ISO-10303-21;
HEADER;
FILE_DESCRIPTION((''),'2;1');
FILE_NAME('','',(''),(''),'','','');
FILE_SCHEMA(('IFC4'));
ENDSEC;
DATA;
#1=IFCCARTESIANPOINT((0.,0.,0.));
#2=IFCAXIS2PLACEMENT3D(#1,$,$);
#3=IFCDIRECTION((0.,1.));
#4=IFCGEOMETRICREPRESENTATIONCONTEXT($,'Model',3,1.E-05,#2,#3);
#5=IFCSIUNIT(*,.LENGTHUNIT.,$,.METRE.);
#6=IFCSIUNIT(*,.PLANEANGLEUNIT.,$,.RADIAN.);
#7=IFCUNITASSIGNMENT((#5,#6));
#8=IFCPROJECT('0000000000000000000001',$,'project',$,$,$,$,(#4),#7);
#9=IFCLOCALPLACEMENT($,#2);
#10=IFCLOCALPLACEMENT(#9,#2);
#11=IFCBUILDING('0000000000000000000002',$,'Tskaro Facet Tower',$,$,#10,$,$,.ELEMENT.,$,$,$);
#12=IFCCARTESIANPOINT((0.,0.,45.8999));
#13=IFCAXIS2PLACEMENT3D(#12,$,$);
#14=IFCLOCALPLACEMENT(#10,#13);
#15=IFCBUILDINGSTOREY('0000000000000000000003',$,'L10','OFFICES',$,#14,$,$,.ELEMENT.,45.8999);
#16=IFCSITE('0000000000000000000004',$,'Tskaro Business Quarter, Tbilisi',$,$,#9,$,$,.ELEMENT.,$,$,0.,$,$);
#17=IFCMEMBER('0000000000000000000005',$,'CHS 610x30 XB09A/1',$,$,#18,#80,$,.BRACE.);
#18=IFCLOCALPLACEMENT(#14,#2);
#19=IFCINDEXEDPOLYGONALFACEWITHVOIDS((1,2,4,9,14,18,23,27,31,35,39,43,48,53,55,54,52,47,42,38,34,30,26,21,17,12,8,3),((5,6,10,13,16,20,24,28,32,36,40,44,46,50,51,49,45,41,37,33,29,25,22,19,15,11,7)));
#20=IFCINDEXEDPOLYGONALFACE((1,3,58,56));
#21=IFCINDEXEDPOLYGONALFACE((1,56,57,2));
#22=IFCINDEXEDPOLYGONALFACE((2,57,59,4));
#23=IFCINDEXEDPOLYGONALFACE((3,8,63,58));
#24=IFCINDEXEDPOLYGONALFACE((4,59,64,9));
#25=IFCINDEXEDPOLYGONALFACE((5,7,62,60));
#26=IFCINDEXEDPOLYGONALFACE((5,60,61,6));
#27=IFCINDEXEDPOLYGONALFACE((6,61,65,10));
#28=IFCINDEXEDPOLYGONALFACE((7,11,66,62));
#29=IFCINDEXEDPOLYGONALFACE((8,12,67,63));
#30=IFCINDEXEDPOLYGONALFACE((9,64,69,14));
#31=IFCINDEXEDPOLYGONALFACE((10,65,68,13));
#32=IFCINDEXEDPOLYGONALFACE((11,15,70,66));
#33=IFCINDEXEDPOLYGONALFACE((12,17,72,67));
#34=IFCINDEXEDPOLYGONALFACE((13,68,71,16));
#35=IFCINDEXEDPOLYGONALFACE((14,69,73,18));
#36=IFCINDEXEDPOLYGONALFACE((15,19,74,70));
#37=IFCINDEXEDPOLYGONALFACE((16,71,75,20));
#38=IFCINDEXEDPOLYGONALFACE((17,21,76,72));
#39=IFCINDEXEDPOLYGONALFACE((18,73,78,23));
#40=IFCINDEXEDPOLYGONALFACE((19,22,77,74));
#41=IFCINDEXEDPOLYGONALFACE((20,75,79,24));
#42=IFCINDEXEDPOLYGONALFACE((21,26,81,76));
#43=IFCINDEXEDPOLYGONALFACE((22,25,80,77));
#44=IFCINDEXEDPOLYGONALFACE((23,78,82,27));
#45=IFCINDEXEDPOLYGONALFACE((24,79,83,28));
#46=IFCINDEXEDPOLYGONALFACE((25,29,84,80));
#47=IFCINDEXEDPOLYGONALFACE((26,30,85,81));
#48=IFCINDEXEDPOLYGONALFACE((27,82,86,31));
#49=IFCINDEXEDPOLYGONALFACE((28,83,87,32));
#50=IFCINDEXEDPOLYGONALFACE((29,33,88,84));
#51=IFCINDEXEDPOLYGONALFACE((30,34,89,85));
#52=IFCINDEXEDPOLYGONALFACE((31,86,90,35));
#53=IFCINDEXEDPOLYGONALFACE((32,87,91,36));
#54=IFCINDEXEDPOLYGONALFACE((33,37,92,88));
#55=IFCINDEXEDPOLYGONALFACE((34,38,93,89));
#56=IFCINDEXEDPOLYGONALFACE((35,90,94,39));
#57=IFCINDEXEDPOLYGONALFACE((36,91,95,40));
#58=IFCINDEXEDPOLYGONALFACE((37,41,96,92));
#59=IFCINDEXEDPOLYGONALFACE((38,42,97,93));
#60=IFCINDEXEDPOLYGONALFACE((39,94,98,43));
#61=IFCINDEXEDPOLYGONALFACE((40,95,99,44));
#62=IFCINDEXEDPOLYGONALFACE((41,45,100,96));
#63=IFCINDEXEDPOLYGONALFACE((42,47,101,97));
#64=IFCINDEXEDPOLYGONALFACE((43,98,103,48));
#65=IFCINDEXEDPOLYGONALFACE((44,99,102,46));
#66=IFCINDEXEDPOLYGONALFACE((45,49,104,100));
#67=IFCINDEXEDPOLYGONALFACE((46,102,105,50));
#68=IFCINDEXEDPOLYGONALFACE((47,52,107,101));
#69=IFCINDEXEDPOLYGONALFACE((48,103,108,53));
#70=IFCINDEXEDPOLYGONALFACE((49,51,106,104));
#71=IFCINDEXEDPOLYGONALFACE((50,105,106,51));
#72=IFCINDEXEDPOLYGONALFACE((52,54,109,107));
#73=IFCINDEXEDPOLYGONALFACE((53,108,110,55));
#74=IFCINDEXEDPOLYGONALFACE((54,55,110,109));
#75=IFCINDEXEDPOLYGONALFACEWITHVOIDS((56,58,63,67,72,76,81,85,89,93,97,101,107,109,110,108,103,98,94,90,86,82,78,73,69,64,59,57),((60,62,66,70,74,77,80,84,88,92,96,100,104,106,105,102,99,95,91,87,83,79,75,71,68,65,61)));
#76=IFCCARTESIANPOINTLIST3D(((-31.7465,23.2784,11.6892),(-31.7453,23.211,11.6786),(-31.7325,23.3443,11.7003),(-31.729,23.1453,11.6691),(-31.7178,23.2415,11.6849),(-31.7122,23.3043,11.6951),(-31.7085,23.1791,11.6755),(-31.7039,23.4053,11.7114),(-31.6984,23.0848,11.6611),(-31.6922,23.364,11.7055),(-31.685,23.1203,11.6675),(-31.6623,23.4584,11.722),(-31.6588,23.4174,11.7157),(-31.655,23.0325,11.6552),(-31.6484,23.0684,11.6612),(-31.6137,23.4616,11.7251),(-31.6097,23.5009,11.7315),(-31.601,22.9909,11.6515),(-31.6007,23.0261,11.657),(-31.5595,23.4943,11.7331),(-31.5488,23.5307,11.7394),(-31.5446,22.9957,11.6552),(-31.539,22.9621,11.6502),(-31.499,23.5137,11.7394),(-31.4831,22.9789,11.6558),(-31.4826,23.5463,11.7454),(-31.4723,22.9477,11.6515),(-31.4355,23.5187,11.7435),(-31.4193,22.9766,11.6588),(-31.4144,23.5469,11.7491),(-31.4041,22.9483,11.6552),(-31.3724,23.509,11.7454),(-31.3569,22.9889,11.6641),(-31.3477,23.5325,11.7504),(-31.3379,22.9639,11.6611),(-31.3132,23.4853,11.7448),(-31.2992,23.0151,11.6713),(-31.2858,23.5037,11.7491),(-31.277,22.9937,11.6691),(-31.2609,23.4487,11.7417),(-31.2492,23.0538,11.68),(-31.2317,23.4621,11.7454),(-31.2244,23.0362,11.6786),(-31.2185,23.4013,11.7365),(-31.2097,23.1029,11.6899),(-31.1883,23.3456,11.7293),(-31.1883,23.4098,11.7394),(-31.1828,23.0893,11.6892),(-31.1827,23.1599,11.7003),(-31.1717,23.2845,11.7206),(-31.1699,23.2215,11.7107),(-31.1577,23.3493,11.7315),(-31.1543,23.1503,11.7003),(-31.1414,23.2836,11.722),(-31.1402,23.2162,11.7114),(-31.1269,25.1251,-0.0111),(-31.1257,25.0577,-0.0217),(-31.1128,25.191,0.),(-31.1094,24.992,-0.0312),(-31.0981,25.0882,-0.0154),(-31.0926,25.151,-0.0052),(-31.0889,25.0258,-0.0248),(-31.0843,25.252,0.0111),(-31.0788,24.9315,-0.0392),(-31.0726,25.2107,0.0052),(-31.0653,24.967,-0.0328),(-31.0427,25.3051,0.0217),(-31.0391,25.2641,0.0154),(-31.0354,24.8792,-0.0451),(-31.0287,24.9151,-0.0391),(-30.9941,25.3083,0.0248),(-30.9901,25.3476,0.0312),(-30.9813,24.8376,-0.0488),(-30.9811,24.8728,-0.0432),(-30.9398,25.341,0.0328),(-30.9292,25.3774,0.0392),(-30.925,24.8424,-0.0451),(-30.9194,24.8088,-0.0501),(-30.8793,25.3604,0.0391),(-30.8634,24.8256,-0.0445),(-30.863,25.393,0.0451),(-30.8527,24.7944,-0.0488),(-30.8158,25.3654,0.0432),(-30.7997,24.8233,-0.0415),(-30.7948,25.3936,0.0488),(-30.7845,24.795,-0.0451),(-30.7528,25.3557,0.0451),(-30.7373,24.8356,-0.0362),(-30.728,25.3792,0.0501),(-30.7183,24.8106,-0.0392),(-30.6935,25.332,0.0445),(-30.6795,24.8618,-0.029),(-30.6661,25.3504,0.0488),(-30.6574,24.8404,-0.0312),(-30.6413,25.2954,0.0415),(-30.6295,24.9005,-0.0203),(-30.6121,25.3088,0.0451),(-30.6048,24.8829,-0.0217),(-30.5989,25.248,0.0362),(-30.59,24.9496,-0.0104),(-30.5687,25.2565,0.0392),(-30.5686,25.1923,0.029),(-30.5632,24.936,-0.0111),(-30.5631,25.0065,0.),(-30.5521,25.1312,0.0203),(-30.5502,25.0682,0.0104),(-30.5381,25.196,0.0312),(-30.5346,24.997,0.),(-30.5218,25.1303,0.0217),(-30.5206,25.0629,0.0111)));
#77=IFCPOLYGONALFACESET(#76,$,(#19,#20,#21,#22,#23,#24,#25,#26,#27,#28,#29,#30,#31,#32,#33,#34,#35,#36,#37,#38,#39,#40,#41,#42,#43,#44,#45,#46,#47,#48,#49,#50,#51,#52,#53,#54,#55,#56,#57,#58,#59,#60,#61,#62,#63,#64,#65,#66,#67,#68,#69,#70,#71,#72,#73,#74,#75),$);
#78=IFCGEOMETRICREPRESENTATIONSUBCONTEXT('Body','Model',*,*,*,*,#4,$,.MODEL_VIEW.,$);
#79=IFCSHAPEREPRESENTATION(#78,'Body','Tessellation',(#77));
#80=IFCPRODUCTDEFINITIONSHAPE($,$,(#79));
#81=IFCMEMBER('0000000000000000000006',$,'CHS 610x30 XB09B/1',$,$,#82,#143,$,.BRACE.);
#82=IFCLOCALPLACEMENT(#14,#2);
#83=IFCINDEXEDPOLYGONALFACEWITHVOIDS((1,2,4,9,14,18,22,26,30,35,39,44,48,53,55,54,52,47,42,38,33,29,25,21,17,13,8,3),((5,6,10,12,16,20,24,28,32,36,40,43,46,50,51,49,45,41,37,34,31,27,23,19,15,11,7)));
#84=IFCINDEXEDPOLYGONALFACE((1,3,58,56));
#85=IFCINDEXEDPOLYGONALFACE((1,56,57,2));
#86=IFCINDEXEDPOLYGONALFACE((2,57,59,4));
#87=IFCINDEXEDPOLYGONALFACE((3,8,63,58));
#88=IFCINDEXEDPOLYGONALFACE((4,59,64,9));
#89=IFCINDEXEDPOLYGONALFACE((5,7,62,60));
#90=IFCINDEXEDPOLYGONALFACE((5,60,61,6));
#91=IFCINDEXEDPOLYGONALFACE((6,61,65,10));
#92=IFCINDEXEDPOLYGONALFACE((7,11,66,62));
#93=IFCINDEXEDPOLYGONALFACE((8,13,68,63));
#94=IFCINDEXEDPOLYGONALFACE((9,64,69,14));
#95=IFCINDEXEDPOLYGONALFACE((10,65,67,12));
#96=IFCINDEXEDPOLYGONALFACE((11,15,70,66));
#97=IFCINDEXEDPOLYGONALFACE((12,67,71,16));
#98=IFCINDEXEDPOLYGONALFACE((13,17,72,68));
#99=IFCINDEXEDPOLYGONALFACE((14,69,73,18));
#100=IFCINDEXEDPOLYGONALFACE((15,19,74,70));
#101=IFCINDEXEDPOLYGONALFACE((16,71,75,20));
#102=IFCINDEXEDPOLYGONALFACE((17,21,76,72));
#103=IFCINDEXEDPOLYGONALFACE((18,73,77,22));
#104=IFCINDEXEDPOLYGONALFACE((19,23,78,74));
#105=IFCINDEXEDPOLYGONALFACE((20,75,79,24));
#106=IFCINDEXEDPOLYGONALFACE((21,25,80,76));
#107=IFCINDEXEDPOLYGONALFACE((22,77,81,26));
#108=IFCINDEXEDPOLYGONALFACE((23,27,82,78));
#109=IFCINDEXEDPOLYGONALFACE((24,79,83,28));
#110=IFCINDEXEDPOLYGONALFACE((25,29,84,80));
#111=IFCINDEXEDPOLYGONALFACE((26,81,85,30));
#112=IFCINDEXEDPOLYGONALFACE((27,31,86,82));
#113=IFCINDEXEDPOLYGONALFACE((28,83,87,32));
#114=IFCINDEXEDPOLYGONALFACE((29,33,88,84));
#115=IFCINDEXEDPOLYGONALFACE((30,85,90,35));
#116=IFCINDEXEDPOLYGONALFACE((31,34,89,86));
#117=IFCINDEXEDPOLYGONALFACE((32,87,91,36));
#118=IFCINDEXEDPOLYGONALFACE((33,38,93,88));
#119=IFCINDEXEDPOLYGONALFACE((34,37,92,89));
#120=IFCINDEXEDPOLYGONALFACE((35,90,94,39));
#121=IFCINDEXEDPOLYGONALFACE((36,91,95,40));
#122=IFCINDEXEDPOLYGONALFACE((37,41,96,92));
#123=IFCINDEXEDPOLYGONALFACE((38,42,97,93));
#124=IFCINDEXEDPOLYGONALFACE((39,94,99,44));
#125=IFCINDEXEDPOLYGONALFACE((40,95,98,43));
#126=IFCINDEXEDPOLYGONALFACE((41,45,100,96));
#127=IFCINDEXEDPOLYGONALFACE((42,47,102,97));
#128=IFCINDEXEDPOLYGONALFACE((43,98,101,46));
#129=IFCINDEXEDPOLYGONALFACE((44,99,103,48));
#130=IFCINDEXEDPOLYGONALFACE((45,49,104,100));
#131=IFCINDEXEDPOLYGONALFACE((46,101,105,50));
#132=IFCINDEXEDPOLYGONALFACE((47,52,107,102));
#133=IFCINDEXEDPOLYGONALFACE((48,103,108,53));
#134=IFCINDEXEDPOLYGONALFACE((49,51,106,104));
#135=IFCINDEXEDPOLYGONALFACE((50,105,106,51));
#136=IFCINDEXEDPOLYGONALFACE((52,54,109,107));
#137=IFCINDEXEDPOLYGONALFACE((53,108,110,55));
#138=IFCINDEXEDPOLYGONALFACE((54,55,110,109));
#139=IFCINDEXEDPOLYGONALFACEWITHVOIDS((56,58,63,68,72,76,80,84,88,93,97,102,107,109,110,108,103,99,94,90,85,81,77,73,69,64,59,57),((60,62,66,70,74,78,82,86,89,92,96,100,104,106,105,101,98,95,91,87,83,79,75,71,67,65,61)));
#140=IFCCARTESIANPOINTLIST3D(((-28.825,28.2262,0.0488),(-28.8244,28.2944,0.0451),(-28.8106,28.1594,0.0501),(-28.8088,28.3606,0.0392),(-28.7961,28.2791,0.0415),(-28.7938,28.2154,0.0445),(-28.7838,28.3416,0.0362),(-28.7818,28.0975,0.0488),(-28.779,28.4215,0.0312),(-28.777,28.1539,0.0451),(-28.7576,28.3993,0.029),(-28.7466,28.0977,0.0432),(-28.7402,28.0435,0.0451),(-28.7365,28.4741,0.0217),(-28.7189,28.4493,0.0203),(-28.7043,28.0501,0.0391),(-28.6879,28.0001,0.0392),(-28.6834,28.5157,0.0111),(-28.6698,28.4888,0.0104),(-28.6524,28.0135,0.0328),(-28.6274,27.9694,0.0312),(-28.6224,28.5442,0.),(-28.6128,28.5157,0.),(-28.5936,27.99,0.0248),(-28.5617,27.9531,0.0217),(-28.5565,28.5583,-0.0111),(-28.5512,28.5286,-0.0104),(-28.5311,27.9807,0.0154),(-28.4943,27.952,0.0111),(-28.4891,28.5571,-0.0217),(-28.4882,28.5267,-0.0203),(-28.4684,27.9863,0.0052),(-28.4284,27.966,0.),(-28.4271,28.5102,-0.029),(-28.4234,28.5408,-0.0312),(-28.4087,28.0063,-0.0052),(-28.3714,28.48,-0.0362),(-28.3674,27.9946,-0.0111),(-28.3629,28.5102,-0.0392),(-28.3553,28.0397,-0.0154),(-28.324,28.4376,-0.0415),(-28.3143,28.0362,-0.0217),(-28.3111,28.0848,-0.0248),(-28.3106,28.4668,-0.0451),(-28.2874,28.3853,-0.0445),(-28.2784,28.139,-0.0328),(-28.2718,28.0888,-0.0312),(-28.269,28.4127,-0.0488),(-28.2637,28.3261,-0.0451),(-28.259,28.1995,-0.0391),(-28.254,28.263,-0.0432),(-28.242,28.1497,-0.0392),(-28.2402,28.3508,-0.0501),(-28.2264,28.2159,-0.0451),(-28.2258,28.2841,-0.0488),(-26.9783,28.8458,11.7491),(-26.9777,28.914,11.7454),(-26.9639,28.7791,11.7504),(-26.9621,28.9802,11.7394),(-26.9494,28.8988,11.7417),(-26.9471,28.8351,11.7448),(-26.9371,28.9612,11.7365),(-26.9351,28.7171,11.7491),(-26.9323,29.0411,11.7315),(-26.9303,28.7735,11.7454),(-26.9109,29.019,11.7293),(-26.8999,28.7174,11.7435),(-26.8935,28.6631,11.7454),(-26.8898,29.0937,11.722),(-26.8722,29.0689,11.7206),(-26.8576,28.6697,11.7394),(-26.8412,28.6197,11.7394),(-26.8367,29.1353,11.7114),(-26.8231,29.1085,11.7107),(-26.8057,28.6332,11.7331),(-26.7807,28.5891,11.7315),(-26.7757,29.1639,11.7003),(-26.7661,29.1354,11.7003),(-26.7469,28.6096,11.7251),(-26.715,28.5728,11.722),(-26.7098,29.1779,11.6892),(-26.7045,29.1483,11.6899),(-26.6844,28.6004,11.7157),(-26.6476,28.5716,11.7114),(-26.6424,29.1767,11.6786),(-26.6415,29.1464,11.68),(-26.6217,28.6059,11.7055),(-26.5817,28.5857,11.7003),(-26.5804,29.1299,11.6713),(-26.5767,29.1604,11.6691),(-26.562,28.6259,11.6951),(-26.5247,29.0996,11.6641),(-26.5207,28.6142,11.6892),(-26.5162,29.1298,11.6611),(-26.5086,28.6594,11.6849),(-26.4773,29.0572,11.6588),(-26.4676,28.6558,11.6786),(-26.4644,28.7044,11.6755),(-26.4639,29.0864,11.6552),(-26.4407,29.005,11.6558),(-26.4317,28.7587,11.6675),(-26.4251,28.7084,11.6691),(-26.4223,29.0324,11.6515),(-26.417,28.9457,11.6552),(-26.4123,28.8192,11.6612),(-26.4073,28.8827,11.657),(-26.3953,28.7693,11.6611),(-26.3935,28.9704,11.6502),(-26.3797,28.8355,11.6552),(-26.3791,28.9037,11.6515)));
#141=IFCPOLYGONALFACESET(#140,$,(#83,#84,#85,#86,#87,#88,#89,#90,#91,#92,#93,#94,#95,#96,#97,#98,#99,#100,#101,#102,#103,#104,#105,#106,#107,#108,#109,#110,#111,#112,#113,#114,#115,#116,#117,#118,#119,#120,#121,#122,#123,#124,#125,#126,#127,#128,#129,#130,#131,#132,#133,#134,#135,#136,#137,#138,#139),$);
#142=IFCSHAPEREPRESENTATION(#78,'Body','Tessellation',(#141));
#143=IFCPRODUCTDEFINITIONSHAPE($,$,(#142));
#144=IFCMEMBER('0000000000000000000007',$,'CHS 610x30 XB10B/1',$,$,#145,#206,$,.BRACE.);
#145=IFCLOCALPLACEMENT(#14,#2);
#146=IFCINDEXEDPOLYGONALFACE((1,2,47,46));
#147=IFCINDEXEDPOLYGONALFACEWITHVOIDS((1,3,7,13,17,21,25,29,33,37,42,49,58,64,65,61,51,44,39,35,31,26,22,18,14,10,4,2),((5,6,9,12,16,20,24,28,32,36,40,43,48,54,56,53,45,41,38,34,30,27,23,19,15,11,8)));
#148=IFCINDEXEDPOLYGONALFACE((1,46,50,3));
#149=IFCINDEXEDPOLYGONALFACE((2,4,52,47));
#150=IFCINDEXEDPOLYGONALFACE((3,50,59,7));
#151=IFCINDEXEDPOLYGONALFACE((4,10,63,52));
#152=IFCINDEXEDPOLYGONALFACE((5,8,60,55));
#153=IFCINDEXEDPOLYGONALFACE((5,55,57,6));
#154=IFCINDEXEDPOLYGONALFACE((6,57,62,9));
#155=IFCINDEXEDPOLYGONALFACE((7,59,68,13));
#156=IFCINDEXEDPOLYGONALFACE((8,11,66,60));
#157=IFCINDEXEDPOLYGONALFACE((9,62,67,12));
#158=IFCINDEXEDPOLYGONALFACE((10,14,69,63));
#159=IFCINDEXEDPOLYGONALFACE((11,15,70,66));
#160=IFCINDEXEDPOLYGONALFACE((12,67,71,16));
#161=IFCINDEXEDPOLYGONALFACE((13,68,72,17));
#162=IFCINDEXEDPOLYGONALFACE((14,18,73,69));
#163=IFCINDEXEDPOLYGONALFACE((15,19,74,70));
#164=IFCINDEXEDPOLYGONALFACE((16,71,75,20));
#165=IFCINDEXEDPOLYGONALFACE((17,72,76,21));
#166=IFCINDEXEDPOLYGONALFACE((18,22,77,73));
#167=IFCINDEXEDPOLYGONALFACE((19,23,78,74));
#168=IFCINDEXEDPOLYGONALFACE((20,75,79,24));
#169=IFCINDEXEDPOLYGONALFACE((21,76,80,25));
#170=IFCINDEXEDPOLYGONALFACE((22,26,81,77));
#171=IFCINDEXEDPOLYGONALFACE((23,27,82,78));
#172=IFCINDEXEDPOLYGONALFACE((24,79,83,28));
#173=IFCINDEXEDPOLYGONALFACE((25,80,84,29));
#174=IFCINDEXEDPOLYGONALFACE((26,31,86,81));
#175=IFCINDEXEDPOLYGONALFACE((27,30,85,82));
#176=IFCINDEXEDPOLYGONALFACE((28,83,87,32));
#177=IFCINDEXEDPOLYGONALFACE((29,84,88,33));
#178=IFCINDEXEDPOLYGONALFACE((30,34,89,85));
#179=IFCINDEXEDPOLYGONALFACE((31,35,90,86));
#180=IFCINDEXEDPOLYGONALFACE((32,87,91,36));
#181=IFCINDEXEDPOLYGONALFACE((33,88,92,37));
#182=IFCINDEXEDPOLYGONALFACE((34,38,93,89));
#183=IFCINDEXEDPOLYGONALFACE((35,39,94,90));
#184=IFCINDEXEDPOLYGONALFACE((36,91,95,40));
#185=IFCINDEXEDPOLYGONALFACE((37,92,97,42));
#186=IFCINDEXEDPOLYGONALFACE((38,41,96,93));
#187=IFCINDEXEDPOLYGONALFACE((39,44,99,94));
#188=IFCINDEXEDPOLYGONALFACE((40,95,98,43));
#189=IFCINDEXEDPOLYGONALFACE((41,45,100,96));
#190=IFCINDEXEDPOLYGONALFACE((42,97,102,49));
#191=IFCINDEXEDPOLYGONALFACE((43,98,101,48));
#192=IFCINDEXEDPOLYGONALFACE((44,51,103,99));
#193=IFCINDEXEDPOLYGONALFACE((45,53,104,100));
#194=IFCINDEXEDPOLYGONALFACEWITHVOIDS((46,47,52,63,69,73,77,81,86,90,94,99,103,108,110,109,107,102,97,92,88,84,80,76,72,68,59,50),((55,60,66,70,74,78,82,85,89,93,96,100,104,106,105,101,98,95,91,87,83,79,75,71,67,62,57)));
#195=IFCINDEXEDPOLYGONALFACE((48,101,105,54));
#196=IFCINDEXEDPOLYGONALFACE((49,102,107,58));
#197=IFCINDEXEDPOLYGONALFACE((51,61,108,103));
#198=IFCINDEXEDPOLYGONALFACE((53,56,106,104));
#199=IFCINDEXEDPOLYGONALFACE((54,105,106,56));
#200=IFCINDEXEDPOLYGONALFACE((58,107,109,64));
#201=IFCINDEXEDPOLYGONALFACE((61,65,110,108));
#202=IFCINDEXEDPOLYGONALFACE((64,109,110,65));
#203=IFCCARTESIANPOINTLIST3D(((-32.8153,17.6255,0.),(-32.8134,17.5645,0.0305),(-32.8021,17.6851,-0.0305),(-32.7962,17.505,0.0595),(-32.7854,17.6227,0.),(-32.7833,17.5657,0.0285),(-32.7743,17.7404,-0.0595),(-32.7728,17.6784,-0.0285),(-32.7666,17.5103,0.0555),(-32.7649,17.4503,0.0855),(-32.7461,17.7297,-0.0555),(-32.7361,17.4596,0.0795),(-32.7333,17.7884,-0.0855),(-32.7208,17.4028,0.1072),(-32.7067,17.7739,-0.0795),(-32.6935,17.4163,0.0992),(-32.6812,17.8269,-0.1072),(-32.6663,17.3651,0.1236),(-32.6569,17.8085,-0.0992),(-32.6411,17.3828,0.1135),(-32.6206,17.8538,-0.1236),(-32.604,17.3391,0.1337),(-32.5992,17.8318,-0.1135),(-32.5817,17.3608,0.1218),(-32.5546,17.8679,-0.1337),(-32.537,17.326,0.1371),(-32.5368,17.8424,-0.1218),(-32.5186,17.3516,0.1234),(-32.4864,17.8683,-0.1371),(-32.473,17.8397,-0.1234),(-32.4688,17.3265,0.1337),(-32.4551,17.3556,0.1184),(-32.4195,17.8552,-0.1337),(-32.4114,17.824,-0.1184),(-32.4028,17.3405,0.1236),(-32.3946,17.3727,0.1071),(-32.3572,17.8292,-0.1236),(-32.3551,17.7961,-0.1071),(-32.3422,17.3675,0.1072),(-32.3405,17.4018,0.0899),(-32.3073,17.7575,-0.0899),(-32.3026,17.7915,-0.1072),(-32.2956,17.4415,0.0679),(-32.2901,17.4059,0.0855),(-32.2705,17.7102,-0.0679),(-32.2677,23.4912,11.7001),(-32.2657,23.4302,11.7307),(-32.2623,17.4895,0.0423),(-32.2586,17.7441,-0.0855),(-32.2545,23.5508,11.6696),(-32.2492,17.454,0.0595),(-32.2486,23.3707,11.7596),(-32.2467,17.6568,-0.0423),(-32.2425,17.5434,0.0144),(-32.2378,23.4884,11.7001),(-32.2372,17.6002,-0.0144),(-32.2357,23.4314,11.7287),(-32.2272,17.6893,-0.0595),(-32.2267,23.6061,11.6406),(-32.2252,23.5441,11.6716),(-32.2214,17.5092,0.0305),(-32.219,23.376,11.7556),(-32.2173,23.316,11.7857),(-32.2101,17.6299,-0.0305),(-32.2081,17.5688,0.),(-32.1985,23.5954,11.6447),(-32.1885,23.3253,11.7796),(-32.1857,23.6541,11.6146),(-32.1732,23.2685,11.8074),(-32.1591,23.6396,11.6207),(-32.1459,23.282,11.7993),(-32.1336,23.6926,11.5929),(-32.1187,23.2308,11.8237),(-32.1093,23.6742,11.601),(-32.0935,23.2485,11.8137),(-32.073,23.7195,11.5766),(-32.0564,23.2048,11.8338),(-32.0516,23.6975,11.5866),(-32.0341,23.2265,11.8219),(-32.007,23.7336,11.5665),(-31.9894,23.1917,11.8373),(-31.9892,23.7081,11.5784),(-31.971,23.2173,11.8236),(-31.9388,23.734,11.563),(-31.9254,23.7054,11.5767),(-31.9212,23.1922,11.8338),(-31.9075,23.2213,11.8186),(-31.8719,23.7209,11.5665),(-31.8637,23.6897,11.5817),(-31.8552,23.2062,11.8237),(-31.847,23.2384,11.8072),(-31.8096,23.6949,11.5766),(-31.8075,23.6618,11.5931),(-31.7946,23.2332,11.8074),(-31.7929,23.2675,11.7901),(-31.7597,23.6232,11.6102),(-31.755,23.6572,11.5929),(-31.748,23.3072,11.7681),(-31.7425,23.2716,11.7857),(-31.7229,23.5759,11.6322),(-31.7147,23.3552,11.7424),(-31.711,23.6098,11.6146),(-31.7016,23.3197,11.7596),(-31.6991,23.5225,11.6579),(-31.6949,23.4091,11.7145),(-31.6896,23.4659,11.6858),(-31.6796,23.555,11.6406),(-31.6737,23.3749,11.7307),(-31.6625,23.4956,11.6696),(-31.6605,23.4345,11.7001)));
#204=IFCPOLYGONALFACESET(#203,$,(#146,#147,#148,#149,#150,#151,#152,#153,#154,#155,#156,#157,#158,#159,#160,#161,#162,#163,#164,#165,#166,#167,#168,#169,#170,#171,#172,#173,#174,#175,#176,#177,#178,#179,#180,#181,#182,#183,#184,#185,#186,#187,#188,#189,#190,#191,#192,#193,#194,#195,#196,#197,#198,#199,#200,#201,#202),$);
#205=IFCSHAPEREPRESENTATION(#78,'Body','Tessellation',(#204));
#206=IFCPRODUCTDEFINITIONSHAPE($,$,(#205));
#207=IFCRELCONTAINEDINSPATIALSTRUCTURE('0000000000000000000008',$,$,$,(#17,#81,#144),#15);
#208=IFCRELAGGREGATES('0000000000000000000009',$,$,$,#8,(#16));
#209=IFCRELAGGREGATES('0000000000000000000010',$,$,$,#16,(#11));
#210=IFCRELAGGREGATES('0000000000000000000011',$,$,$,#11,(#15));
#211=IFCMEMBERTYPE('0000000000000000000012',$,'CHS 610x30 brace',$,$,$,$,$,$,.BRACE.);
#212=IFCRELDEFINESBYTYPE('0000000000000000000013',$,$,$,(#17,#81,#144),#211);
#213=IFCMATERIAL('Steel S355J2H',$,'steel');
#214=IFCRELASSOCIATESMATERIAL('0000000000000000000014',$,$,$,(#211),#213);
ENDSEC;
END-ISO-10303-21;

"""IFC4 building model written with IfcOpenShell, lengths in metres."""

from ifc_helpers import new_model, si_unit, direction, frame, origin, origin_2d, place, context, subcontext, project, spatial, hollow_circle, extrude, material, material_profile, profile_set, type_object, element, save


model = new_model("IFC4")

# Units and contexts
model_context = context("Model", 3, precision=1e-05, world=origin(), true_north=direction((0.0, 1.0)))
body_context = subcontext(model_context, "Body", "Model", "MODEL_VIEW")
ifc_project = project(units=[si_unit("LENGTHUNIT", "METRE"), si_unit("PLANEANGLEUNIT", "RADIAN")], contexts=[model_context])

# Site, building, storey
site_placement = place(None, origin())
site = spatial("IfcSite", under=ifc_project, at=site_placement, Name="Tskaro Business Quarter, Tbilisi", CompositionType="ELEMENT", RefElevation=0.0)
building_placement = place(site_placement, origin())
building = spatial("IfcBuilding", under=site, at=building_placement, Name="Tskaro Facet Tower", CompositionType="ELEMENT")
storey_placement = place(building_placement, frame((0.0, 0.0, 45.8999)))
storey = spatial("IfcBuildingStorey", under=building, at=storey_placement, Name="L10", Description="OFFICES", CompositionType="ELEMENT", Elevation=45.8999)

# Shared definitions
ifc_material_1 = material(Name="Steel S355J2H", Category="steel")

# Members
ifc_material_profile_1 = material_profile(ifc_material_1, hollow_circle(Radius=0.3049, WallThickness=0.03, at=origin_2d()), Name="CHS 610x30")
ifc_profile_set_1 = profile_set([ifc_material_profile_1], Name="Steel S355J2H")
member_type_1 = type_object("IfcMemberType", Name="CHS 610x30 brace", PredefinedType="BRACE", material=ifc_profile_set_1)
for number, where, z_axis, x_axis, name in (
    (1, (-30.8237, 25.094, 0.0), (-0.05224, -0.15569, 0.986424), (0.948055, -0.318107, 0.0), "CHS 610x30 XB09A/1"),
    (2, (-28.5254, 28.2551, 0.0), (0.15569, 0.05224, 0.986424), (-0.318107, 0.948055, 0.0), "CHS 610x30 XB09B/1"),
):
    element("IfcMember", number, at=place(storey_placement, frame(where, z_axis=z_axis, x_axis=x_axis)), inside=storey, type_object=member_type_1, Name=name, PredefinedType="BRACE", context=body_context, shape_type="SweptSolid", body=[
        extrude(hollow_circle(Radius=0.3049, WallThickness=0.03, at=origin_2d()), origin(), (0.0, 0.0, 1.0), 11.8613),
    ])
member_1_placement = place(storey_placement, frame((-32.5117, 17.5972, 0.0), z_axis=(0.041803, 0.447777, 0.893168), x_axis=(-0.99567, 0.092953, 0.0)))
element("IfcMember", 3, at=member_1_placement, inside=storey, type_object=member_type_1, Name="CHS 610x30 XB10B/1", PredefinedType="BRACE", context=body_context, shape_type="SweptSolid", body=[
    extrude(hollow_circle(Radius=0.3049, WallThickness=0.03, at=origin_2d()), origin(), (0.0, 0.0, 1.0), 13.0996),
])

save(model, "model.ifc")
